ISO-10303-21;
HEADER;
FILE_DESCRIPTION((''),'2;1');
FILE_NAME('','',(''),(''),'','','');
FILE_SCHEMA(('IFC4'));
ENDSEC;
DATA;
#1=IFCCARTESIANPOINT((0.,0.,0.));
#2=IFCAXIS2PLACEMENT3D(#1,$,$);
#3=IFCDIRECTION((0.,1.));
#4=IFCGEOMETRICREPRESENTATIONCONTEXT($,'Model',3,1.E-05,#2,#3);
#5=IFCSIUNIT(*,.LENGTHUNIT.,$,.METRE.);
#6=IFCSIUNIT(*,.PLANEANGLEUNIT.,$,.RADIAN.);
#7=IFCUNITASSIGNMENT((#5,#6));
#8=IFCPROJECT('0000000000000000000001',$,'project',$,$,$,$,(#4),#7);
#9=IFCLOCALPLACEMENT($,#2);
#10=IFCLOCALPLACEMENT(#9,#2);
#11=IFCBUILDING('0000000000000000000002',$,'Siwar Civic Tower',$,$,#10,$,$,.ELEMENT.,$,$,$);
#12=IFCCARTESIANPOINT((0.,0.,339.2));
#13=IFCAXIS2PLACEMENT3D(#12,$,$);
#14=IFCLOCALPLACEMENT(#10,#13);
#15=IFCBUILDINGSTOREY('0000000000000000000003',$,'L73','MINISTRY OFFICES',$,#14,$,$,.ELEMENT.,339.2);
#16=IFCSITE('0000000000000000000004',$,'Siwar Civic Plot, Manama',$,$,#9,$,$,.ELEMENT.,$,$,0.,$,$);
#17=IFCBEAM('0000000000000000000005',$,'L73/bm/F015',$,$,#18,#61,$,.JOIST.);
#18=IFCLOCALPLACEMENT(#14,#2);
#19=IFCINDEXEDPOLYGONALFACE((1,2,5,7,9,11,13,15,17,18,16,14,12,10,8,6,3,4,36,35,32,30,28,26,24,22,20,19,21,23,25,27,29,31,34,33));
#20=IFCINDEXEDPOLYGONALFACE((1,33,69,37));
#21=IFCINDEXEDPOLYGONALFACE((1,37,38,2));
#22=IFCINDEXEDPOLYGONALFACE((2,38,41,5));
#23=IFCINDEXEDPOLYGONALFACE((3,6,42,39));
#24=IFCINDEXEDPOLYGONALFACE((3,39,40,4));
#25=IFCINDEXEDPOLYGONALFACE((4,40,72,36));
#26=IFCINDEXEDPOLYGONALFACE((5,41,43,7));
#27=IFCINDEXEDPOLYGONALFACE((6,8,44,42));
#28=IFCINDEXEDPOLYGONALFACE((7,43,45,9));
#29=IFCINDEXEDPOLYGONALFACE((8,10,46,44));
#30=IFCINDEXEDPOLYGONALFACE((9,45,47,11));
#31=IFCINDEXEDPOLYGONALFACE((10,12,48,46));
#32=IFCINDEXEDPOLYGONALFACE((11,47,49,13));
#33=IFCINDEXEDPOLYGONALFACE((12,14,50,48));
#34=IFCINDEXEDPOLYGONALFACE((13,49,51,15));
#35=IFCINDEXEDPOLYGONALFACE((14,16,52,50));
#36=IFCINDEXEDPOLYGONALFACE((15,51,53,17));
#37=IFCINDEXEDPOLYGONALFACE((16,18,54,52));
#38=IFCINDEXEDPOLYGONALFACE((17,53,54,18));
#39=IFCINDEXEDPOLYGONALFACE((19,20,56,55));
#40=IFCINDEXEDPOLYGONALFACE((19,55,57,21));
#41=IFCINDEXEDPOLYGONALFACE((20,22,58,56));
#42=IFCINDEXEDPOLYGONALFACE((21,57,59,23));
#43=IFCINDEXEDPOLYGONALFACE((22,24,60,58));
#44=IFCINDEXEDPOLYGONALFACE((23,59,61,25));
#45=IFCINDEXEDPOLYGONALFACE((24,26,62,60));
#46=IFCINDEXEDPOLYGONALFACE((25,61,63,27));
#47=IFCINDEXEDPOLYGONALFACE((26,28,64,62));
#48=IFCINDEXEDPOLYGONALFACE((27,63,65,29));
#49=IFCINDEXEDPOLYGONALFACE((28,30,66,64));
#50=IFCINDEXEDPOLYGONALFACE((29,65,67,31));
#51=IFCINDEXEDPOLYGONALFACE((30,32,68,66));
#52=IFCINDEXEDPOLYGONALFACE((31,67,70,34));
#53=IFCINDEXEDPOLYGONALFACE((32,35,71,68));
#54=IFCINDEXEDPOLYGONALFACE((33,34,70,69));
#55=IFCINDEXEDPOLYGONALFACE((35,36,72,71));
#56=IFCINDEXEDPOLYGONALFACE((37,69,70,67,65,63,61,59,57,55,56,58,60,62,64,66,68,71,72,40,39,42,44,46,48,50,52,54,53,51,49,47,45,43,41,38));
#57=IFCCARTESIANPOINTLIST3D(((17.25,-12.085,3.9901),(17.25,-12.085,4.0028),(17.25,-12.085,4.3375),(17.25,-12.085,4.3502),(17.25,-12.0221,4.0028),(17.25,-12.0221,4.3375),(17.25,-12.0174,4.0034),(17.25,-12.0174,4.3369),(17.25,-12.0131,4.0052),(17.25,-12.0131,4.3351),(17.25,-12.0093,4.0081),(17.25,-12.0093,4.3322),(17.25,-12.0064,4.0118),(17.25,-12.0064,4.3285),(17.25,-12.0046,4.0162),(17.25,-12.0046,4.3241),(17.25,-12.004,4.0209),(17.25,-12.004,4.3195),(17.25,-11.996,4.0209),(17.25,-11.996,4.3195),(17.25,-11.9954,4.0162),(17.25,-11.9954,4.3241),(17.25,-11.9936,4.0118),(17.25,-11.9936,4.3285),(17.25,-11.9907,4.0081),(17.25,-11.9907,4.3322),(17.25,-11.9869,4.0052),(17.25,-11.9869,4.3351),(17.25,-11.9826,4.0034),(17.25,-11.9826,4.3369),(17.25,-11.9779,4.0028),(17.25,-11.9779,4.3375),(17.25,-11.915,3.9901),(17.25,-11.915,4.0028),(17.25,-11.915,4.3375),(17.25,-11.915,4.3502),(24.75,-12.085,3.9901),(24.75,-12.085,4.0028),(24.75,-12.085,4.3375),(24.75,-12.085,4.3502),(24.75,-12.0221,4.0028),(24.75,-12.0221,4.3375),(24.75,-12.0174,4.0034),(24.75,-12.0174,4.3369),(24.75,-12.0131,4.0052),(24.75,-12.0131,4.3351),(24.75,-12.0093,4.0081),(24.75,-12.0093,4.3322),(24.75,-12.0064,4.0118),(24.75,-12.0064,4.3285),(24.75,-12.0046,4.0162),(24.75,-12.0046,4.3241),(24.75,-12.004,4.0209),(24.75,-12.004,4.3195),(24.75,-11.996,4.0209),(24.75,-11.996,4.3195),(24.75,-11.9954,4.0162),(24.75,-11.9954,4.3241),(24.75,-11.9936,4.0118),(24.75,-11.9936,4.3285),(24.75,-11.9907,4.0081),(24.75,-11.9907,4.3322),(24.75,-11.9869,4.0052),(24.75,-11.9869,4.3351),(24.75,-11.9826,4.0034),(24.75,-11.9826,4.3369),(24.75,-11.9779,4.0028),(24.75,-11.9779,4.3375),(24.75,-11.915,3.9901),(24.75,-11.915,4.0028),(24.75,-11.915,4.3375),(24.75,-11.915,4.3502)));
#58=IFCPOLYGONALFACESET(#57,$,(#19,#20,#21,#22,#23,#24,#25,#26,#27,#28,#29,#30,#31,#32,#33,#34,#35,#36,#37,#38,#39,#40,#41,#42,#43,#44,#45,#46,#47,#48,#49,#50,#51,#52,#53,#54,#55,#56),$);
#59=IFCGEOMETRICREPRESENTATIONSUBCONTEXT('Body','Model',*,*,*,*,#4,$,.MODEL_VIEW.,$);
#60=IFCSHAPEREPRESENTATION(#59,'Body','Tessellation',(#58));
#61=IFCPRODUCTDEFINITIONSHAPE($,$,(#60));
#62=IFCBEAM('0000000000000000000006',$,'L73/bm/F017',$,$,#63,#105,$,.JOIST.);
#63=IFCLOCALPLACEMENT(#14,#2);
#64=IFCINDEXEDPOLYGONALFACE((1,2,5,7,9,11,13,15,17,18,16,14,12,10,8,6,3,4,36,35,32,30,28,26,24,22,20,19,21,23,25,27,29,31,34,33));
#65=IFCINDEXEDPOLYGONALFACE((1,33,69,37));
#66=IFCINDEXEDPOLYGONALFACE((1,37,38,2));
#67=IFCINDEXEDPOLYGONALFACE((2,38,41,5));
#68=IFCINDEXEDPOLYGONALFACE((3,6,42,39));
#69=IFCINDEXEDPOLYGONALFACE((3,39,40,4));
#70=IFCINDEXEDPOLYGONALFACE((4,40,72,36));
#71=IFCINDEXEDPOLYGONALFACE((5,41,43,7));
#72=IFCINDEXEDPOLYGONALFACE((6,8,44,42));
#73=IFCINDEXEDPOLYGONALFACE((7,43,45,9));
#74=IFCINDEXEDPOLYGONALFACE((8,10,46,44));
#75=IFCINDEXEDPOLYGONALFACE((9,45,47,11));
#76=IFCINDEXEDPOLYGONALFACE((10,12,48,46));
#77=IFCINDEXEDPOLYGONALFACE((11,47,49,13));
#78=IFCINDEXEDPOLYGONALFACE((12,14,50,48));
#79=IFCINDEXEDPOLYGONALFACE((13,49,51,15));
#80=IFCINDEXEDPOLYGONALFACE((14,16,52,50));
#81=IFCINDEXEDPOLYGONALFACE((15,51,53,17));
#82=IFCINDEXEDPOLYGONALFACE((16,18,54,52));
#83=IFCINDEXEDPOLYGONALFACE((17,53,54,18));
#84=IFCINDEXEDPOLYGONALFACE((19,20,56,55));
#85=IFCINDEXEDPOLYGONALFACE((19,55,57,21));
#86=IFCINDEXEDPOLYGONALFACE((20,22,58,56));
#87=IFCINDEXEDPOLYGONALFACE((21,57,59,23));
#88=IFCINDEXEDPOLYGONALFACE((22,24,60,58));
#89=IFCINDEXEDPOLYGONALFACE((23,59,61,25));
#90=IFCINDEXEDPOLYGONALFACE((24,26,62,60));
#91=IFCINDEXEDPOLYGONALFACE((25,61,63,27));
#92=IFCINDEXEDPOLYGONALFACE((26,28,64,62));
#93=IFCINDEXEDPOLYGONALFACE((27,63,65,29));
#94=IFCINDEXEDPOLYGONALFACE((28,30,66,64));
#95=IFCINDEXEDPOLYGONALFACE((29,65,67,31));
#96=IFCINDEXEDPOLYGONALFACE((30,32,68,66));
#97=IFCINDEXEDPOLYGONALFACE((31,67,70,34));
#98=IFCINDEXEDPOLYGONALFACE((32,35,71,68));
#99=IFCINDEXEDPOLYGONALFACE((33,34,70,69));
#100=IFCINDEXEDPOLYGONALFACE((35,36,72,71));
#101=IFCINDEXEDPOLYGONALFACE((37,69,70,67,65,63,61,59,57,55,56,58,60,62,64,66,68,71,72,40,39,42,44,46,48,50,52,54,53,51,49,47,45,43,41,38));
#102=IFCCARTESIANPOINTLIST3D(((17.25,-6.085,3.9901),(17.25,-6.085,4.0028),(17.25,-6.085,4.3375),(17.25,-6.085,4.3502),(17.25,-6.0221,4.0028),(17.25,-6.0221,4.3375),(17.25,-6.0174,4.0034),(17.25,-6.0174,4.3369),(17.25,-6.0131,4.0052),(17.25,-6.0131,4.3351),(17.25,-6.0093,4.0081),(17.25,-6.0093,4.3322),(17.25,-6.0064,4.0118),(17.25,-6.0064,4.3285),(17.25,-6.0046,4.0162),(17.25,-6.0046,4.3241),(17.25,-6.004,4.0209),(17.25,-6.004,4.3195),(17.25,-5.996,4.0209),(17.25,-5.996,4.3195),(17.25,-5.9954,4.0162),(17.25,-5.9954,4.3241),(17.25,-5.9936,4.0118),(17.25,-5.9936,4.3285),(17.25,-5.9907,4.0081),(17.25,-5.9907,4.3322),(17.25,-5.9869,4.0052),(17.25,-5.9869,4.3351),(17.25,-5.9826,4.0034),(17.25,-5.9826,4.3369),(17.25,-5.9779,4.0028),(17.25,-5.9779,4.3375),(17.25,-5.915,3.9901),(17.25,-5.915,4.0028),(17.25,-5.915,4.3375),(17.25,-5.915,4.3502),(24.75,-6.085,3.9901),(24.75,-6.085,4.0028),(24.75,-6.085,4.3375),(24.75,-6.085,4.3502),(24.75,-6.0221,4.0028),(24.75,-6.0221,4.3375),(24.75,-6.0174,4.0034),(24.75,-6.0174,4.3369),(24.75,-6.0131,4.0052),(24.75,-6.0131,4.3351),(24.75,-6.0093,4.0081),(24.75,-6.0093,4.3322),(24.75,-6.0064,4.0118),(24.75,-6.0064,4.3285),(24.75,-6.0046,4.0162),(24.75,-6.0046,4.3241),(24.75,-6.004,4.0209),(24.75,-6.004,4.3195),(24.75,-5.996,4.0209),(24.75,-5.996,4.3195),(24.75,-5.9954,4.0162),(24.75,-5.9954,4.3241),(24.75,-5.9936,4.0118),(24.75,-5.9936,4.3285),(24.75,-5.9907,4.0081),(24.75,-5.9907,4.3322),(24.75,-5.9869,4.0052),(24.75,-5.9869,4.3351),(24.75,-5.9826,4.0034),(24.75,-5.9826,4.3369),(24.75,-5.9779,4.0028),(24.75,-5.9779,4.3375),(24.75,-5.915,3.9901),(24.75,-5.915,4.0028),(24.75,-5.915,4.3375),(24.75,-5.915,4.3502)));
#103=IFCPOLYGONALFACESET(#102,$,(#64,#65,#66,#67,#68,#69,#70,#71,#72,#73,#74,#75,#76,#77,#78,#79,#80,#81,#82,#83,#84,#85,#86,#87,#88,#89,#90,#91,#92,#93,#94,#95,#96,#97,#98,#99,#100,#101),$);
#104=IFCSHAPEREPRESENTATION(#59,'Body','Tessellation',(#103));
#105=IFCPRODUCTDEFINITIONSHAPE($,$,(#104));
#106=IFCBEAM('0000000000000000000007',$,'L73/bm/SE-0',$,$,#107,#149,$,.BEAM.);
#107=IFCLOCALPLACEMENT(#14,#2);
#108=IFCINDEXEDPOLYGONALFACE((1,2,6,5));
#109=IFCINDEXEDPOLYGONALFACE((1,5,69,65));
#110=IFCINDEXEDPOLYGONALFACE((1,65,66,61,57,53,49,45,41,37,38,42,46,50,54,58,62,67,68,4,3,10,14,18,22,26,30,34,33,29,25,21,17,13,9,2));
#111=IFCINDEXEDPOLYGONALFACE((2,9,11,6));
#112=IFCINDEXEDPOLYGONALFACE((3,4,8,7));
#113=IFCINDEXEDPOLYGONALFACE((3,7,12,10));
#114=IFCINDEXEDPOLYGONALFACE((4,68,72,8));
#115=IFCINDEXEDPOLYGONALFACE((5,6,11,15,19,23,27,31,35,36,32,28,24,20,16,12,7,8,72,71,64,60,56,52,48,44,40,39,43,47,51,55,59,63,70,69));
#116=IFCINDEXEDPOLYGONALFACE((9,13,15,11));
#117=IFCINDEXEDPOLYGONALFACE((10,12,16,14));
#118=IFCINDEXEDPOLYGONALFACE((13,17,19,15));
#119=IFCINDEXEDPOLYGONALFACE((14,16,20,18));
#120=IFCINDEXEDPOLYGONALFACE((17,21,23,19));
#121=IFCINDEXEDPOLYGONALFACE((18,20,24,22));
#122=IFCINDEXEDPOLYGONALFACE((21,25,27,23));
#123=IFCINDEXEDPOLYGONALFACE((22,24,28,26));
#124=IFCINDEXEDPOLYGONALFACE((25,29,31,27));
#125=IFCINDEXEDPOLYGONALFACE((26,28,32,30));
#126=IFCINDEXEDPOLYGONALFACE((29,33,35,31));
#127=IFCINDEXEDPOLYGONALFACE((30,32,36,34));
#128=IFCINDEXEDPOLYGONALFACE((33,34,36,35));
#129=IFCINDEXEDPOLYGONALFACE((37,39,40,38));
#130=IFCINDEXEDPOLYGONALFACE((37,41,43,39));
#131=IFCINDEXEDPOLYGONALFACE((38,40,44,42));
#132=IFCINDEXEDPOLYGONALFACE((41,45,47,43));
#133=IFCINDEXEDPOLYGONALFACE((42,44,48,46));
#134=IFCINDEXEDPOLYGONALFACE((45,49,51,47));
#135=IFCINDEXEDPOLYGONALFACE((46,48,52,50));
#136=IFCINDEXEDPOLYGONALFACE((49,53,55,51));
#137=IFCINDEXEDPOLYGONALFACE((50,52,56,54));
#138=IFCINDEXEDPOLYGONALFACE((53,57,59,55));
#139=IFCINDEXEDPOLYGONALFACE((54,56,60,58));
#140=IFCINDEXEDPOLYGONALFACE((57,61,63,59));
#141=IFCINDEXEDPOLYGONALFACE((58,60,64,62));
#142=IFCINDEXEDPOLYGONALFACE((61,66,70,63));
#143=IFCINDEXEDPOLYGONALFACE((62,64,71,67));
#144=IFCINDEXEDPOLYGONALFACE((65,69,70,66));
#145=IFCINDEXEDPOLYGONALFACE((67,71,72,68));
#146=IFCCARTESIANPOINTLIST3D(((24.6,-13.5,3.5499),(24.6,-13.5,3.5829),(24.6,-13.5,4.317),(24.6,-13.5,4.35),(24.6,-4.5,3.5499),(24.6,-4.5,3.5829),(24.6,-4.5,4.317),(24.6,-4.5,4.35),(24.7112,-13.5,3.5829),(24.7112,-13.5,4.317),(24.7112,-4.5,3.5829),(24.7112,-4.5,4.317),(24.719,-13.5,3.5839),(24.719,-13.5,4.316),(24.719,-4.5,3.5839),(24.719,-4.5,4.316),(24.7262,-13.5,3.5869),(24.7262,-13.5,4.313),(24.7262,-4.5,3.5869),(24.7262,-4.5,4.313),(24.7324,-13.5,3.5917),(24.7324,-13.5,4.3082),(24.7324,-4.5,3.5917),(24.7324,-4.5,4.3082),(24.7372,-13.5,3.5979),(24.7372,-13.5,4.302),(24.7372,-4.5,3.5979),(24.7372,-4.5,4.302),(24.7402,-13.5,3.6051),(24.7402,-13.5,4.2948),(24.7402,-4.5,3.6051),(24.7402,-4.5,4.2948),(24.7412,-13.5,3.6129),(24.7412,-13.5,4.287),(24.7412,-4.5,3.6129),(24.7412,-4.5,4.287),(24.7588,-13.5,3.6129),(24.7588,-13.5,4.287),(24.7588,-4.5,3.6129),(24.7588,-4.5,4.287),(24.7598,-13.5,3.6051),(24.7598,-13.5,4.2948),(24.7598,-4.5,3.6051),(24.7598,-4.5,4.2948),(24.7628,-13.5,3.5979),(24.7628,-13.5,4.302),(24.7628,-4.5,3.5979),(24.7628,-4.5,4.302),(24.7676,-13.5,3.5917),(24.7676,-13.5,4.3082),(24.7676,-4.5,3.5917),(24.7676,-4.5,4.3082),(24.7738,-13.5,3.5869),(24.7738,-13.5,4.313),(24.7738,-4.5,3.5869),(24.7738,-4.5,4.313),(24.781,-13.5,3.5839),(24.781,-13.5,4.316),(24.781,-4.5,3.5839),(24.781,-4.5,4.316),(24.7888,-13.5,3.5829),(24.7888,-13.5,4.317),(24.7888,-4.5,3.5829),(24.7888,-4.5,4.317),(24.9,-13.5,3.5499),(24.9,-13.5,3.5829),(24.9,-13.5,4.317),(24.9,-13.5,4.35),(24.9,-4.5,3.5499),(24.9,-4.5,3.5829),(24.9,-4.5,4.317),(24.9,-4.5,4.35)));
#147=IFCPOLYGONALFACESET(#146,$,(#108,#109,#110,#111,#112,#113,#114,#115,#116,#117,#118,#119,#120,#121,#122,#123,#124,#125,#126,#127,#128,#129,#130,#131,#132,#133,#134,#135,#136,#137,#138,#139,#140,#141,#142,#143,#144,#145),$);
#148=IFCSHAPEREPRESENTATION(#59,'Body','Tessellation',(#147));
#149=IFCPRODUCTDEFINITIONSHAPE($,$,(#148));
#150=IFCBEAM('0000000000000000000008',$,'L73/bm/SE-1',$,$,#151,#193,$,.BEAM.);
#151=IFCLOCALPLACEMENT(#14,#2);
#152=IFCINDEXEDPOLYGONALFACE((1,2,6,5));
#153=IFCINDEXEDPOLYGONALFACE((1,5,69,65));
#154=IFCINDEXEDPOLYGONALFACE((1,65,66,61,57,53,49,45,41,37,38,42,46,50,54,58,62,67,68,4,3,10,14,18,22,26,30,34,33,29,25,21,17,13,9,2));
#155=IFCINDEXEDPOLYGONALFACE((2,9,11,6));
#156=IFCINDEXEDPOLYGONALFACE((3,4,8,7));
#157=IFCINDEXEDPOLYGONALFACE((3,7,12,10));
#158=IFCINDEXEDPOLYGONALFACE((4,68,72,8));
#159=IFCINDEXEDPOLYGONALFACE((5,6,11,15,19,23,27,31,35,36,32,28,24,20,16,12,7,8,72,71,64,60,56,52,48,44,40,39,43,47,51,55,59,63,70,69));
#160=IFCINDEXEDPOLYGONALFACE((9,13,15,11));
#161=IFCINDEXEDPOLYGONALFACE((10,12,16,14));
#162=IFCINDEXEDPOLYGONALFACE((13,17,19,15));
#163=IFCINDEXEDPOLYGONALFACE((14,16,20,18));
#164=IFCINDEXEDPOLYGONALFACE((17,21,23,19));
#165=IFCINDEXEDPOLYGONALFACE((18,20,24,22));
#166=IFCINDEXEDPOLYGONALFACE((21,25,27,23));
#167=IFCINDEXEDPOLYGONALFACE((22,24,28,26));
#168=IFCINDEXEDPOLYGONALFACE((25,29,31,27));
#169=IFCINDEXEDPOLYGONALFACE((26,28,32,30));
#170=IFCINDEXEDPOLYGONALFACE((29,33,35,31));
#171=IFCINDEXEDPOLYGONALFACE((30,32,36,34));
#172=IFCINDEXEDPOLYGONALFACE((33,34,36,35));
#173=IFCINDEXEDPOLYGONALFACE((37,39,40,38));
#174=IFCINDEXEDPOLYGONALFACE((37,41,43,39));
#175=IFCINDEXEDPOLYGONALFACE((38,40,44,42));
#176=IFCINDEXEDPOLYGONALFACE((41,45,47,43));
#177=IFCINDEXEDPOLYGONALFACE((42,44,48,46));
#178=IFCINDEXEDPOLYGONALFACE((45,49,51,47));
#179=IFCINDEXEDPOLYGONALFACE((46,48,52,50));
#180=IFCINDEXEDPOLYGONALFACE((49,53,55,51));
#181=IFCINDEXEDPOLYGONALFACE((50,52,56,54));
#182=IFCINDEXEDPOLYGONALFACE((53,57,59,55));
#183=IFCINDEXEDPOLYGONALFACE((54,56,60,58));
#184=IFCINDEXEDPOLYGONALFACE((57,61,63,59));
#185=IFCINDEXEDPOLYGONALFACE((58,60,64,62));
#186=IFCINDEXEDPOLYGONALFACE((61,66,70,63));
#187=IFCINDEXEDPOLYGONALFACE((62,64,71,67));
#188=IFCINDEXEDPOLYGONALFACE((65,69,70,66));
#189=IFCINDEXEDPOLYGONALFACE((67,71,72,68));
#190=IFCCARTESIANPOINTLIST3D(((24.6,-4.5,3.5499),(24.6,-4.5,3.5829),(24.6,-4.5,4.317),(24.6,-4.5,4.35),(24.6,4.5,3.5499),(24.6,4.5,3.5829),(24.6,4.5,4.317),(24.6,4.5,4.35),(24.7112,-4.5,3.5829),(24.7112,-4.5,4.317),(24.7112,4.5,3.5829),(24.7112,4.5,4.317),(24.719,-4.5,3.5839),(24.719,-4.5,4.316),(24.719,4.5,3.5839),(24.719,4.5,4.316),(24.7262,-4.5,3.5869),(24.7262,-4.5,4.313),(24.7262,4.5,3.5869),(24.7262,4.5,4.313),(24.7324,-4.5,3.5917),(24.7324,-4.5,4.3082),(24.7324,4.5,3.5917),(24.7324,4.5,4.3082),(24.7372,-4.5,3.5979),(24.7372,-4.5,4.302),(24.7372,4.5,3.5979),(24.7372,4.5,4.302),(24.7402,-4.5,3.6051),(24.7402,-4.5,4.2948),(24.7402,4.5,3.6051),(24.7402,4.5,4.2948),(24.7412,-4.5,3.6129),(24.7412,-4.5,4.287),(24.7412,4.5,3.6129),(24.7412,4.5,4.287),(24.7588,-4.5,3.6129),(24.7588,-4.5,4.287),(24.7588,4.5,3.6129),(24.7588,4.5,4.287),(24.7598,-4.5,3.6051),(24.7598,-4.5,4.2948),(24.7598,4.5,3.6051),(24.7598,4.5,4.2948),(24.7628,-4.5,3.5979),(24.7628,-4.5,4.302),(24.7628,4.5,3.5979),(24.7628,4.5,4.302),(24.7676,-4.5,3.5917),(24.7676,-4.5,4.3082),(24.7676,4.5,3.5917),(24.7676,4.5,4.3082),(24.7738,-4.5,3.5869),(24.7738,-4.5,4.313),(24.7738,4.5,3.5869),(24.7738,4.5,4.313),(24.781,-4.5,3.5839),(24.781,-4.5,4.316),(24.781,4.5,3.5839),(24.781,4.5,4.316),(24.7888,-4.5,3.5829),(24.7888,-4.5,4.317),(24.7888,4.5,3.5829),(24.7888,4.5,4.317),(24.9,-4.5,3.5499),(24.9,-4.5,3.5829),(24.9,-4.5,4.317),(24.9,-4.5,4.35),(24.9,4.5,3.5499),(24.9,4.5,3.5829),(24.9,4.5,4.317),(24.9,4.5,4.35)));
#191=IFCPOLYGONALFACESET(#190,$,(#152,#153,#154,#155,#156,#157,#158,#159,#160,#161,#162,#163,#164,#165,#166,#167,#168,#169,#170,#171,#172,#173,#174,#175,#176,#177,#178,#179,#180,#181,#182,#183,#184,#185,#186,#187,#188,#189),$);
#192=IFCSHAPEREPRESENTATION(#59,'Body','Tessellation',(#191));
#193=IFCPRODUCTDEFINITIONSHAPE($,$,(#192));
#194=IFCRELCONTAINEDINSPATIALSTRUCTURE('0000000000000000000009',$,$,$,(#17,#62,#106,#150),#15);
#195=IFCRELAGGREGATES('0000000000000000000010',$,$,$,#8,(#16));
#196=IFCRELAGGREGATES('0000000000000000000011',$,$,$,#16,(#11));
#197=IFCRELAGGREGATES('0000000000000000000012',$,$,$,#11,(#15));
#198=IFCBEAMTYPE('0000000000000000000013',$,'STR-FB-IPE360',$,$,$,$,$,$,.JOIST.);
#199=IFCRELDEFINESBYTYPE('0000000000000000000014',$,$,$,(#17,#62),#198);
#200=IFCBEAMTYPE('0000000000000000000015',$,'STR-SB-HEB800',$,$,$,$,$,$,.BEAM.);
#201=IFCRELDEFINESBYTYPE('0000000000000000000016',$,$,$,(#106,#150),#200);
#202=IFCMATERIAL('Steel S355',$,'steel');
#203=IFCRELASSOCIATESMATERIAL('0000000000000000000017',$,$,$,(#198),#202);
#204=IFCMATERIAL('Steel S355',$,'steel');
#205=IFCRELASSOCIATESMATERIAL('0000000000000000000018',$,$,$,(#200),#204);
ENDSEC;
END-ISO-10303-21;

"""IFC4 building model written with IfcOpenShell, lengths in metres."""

from ifc_helpers import new_model, si_unit, direction, frame, origin, origin_2d, place, context, subcontext, project, spatial, i_section, extrude, material, material_profile, profile_set, type_object, element, save


model = new_model("IFC4")

# Units and contexts
model_context = context("Model", 3, precision=1e-05, world=origin(), true_north=direction((0.0, 1.0)))
body_context = subcontext(model_context, "Body", "Model", "MODEL_VIEW")
ifc_project = project(units=[si_unit("LENGTHUNIT", "METRE"), si_unit("PLANEANGLEUNIT", "RADIAN")], contexts=[model_context])

# Site, building, storey
site_placement = place(None, origin())
site = spatial("IfcSite", under=ifc_project, at=site_placement, Name="Siwar Civic Plot, Manama", CompositionType="ELEMENT", RefElevation=0.0)
building_placement = place(site_placement, origin())
building = spatial("IfcBuilding", under=site, at=building_placement, Name="Siwar Civic Tower", CompositionType="ELEMENT")
storey_placement = place(building_placement, frame((0.0, 0.0, 339.2)))
storey = spatial("IfcBuildingStorey", under=building, at=storey_placement, Name="L73", Description="MINISTRY OFFICES", CompositionType="ELEMENT", Elevation=339.2)

# Beams
ifc_material_1 = material(Name="Steel S355", Category="steel")
ifc_material_profile_1 = material_profile(ifc_material_1, i_section(OverallWidth=0.1699, OverallDepth=0.3601, WebThickness=0.0081, FlangeThickness=0.0127, FilletRadius=0.0181, at=origin_2d()), Name="IPE360")
ifc_profile_set_1 = profile_set([ifc_material_profile_1], Name="Steel S355")
beam_type_1 = type_object("IfcBeamType", Name="STR-FB-IPE360", PredefinedType="JOIST", material=ifc_profile_set_1)
for number, where, z_axis, x_axis, name in (
    (1, (17.25, -12.0, 4.1702), (1.0, 0.0, 0.0), (0.0, 1.0, 0.0), "L73/bm/F015"),
    (2, (17.25, -6.0, 4.1702), (1.0, 0.0, 0.0), (0.0, 1.0, 0.0), "L73/bm/F017"),
):
    element("IfcBeam", number, at=place(storey_placement, frame(where, z_axis=z_axis, x_axis=x_axis)), inside=storey, type_object=beam_type_1, Name=name, PredefinedType="JOIST", context=body_context, shape_type="SweptSolid", body=[
        extrude(i_section(OverallWidth=0.1699, OverallDepth=0.3601, WebThickness=0.0081, FlangeThickness=0.0127, FilletRadius=0.0181, at=origin_2d()), origin(), (0.0, 0.0, 1.0), 7.5),
    ])
ifc_material_2 = material(Name="Steel S355", Category="steel")
ifc_material_profile_2 = material_profile(ifc_material_2, i_section(OverallWidth=0.3, OverallDepth=0.8, WebThickness=0.0176, FlangeThickness=0.033, FilletRadius=0.03, at=origin_2d()), Name="HEB800")
ifc_profile_set_2 = profile_set([ifc_material_profile_2], Name="Steel S355")
beam_type_2 = type_object("IfcBeamType", Name="STR-SB-HEB800", PredefinedType="BEAM", material=ifc_profile_set_2)
for number, where, z_axis, x_axis, name in (
    (3, (24.75, -13.5, 3.95), (0.0, 1.0, 0.0), (-1.0, 0.0, 0.0), "L73/bm/SE-0"),
    (4, (24.75, -4.5, 3.95), (0.0, 1.0, 0.0), (-1.0, 0.0, 0.0), "L73/bm/SE-1"),
):
    element("IfcBeam", number, at=place(storey_placement, frame(where, z_axis=z_axis, x_axis=x_axis)), inside=storey, type_object=beam_type_2, Name=name, PredefinedType="BEAM", context=body_context, shape_type="SweptSolid", body=[
        extrude(i_section(OverallWidth=0.3, OverallDepth=0.8, WebThickness=0.0176, FlangeThickness=0.033, FilletRadius=0.03, at=origin_2d()), origin(), (0.0, 0.0, 1.0), 9.0),
    ])

save(model, "model.ifc")
